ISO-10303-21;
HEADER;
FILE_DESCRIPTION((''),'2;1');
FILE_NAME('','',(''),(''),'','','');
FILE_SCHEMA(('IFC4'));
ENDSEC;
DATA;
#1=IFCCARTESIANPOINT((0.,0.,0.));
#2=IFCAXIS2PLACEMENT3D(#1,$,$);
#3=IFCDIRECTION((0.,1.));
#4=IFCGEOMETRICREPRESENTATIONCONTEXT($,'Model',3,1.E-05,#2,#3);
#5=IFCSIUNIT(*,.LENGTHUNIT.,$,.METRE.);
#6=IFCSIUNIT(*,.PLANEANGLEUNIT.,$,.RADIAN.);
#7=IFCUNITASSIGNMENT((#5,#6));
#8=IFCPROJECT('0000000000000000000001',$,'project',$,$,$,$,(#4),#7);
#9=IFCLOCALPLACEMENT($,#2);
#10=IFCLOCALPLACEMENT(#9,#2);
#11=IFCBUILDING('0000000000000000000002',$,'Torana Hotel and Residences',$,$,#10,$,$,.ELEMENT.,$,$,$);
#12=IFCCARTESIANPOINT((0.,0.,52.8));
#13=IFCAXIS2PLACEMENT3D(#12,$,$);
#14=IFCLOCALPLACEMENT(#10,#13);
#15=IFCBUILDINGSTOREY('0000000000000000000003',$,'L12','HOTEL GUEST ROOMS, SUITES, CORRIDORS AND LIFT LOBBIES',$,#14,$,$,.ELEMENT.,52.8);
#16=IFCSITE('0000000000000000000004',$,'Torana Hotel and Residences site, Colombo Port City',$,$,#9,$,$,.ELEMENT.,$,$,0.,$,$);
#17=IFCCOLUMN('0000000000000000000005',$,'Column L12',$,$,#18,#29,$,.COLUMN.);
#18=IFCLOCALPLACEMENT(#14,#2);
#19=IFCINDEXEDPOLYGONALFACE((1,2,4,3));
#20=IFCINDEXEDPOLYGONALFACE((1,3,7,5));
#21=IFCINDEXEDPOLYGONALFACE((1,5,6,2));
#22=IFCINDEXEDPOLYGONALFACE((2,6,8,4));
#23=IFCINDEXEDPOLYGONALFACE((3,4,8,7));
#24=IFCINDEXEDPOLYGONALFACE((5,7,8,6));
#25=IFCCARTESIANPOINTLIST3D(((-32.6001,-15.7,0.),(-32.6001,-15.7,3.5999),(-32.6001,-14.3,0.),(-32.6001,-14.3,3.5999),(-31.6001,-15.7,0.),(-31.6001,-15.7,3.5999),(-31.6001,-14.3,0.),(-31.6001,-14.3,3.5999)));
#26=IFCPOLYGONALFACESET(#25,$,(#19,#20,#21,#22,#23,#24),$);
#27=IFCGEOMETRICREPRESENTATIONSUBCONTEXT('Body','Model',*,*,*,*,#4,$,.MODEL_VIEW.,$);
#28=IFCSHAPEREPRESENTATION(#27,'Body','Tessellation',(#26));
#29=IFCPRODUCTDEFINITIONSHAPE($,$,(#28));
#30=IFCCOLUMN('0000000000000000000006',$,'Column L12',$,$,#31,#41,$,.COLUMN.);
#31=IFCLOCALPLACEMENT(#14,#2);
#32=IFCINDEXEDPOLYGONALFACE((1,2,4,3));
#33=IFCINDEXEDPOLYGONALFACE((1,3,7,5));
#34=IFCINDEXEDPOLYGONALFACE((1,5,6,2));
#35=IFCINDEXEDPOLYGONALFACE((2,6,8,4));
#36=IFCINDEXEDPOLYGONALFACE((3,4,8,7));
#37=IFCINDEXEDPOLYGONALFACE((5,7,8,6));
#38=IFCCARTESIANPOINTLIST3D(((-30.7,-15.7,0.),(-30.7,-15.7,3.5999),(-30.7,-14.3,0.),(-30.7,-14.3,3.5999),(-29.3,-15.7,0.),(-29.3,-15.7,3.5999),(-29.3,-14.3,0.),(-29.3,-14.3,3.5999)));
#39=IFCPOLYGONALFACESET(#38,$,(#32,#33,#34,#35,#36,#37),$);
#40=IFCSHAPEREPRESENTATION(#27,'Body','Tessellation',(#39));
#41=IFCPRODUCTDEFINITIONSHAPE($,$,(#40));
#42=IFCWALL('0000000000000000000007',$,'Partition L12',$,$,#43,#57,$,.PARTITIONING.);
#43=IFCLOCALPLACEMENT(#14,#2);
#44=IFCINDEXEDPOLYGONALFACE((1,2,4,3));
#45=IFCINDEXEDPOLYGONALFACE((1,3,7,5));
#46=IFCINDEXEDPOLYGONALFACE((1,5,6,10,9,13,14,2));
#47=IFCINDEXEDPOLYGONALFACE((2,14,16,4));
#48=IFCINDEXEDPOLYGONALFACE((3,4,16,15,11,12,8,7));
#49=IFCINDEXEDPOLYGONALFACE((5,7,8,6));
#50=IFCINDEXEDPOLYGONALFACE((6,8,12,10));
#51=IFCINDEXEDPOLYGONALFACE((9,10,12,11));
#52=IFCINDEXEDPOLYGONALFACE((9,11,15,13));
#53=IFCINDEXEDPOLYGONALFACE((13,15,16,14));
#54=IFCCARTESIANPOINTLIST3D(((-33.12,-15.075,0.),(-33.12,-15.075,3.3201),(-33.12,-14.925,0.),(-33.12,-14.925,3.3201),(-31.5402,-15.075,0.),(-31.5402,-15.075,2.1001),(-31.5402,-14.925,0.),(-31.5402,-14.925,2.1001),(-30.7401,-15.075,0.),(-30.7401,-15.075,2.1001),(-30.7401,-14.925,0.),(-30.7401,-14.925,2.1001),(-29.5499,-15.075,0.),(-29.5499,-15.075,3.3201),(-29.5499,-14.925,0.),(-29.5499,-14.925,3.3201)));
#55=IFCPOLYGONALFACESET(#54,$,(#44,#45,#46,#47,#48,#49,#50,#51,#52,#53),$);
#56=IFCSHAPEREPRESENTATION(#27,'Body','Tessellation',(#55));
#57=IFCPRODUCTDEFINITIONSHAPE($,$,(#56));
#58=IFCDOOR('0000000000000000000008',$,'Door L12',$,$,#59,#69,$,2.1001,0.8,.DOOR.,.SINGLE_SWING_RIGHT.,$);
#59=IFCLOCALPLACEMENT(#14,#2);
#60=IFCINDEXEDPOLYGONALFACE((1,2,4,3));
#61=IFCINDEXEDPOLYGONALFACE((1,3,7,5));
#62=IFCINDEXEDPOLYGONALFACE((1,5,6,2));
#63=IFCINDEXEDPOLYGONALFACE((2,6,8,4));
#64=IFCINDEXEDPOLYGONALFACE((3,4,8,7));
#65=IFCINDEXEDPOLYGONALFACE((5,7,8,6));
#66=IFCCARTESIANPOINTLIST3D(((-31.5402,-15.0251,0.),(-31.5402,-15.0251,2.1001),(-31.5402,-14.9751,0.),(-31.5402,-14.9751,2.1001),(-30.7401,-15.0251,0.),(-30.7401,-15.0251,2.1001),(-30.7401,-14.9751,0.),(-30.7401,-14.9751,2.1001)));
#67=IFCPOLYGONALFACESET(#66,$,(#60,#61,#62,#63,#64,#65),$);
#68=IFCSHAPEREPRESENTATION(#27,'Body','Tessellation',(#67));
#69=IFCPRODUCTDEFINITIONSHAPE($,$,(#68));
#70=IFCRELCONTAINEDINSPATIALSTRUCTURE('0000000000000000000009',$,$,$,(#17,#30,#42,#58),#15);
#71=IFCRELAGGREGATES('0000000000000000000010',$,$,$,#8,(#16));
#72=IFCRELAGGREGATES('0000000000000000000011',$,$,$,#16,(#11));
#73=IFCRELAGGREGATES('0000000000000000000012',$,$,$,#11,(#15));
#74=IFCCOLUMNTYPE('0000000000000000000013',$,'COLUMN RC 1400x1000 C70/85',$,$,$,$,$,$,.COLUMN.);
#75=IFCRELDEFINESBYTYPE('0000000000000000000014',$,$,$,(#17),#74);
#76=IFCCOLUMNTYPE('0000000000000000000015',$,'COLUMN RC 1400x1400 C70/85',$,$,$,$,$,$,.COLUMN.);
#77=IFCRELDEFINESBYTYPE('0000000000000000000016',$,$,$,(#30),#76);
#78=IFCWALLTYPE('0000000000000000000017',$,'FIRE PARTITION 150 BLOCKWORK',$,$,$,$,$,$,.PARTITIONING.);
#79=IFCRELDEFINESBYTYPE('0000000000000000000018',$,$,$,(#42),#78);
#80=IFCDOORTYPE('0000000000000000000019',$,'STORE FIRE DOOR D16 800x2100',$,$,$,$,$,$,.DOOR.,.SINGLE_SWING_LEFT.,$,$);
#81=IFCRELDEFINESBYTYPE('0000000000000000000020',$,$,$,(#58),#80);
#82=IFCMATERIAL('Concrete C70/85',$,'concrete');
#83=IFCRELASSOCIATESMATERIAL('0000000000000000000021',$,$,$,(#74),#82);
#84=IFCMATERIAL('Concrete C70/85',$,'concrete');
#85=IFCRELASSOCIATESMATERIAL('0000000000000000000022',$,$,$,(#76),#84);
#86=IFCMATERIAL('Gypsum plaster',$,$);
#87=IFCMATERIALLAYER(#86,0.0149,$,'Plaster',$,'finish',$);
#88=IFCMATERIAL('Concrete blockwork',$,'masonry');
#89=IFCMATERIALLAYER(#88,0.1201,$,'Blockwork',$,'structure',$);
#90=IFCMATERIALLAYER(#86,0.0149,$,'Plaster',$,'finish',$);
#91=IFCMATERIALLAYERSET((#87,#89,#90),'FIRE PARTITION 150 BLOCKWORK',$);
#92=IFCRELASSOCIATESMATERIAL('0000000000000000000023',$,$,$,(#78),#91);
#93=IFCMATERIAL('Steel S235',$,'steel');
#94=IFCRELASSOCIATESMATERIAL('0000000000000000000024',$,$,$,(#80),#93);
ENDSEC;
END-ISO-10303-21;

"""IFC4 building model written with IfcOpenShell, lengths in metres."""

from ifc_helpers import new_model, si_unit, direction, frame, frame_2d, origin, origin_2d, place, context, subcontext, project, spatial, rectangle, extrude, material, layer, layer_set, material_profile, profile_set, type_object, element, fill, save


model = new_model("IFC4")

# Units and contexts
model_context = context("Model", 3, precision=1e-05, world=origin(), true_north=direction((0.0, 1.0)))
body_context = subcontext(model_context, "Body", "Model", "MODEL_VIEW")
ifc_project = project(units=[si_unit("LENGTHUNIT", "METRE"), si_unit("PLANEANGLEUNIT", "RADIAN")], contexts=[model_context])

# Site, building, storey
site_placement = place(None, origin())
site = spatial("IfcSite", under=ifc_project, at=site_placement, Name="Torana Hotel and Residences site, Colombo Port City", CompositionType="ELEMENT", RefElevation=0.0)
building_placement = place(site_placement, origin())
building = spatial("IfcBuilding", under=site, at=building_placement, Name="Torana Hotel and Residences", CompositionType="ELEMENT")
storey_placement = place(building_placement, frame((0.0, 0.0, 52.8)))
storey = spatial("IfcBuildingStorey", under=building, at=storey_placement, Name="L12", Description="HOTEL GUEST ROOMS, SUITES, CORRIDORS AND LIFT LOBBIES", CompositionType="ELEMENT", Elevation=52.8)

# Columns
ifc_material_1 = material(Name="Concrete C70/85", Category="concrete")
ifc_material_profile_1 = material_profile(ifc_material_1, rectangle(XDim=1.3999, YDim=1.0, at=origin_2d()), Name="RC 1400x1000")
ifc_profile_set_1 = profile_set([ifc_material_profile_1], Name="Concrete C70/85")
column_type_1 = type_object("IfcColumnType", Name="COLUMN RC 1400x1000 C70/85", PredefinedType="COLUMN", material=ifc_profile_set_1)
column_1_placement = place(storey_placement, frame((-32.1001, -15.0, 0.0), z_axis=(0.0, 0.0, 1.0), x_axis=(0.0, 1.0, 0.0)))
element("IfcColumn", 1, at=column_1_placement, inside=storey, type_object=column_type_1, Name="Column L12", PredefinedType="COLUMN", context=body_context, shape_type="SweptSolid", body=[
    extrude(rectangle(XDim=1.3999, YDim=1.0, at=origin_2d()), origin(), (0.0, 0.0, 1.0), 3.5999),
])
ifc_material_2 = material(Name="Concrete C70/85", Category="concrete")
ifc_material_profile_2 = material_profile(ifc_material_2, rectangle(XDim=1.3999, YDim=1.3999, at=origin_2d()), Name="RC 1400x1400")
ifc_profile_set_2 = profile_set([ifc_material_profile_2], Name="Concrete C70/85")
column_type_2 = type_object("IfcColumnType", Name="COLUMN RC 1400x1400 C70/85", PredefinedType="COLUMN", material=ifc_profile_set_2)
column_2_placement = place(storey_placement, frame((-30.0, -15.0, 0.0), z_axis=(0.0, 0.0, 1.0), x_axis=(1.0, 0.0, 0.0)))
element("IfcColumn", 2, at=column_2_placement, inside=storey, type_object=column_type_2, Name="Column L12", PredefinedType="COLUMN", context=body_context, shape_type="SweptSolid", body=[
    extrude(rectangle(XDim=1.3999, YDim=1.3999, at=origin_2d()), origin(), (0.0, 0.0, 1.0), 3.5999),
])

# Shared definitions
ifc_material_3 = material(Name="Gypsum plaster")
ifc_layer_1 = layer(ifc_material_3, 0.0149, Name="Plaster", Category="finish")
ifc_material_4 = material(Name="Concrete blockwork", Category="masonry")
ifc_layer_2 = layer(ifc_material_4, 0.1201, Name="Blockwork", Category="structure")
ifc_layer_3 = layer(ifc_material_3, 0.0149, Name="Plaster", Category="finish")
ifc_layer_set = layer_set([ifc_layer_1, ifc_layer_2, ifc_layer_3], Name="FIRE PARTITION 150 BLOCKWORK")
wall_type = type_object("IfcWallType", Name="FIRE PARTITION 150 BLOCKWORK", PredefinedType="PARTITIONING", material=ifc_layer_set)

# Wall, opening, door
wall_1_placement = place(storey_placement, frame((-33.1201, -15.0, 0.0), z_axis=(0.0, 0.0, 1.0), x_axis=(1.0, 0.0, 0.0)))
wall_1 = element("IfcWall", 3, at=wall_1_placement, inside=storey, type_object=wall_type, Name="Partition L12", PredefinedType="PARTITIONING", context=body_context, shape_type="SweptSolid", body=[
    extrude(rectangle(XDim=3.5701, YDim=0.1499, at=frame_2d((1.7852, 0.0))), origin(), (0.0, 0.0, 1.0), 3.3201),
])
opening_1_placement = place(wall_1_placement, frame((1.5801, 0.0, 0.0)))
opening_1 = element("IfcOpeningElement", 4, at=opening_1_placement, cuts=wall_1, PredefinedType="OPENING", context=body_context, shape_type="SweptSolid", body=[
    extrude(rectangle(XDim=0.8, YDim=2.1001, at=frame_2d((0.3999, 1.05))), frame((0.0, 0.085, 0.0), z_axis=(0.0, -1.0, 0.0), x_axis=(1.0, 0.0, 0.0)), (0.0, 0.0, 1.0), 0.1699),
])
ifc_material_5 = material(Name="Steel S235", Category="steel")
door_type_1 = type_object("IfcDoorType", Name="STORE FIRE DOOR D16 800x2100", OperationType="SINGLE_SWING_LEFT", PredefinedType="DOOR", material=ifc_material_5)
door_1_placement = place(opening_1_placement, origin())
door_1 = element("IfcDoor", 5, at=door_1_placement, inside=storey, type_object=door_type_1, Name="Door L12", OperationType="SINGLE_SWING_RIGHT", OverallHeight=2.1001, OverallWidth=0.8, PredefinedType="DOOR", context=body_context, shape_type="SweptSolid", body=[
    extrude(rectangle(XDim=0.8, YDim=2.1001, at=frame_2d((0.3999, 1.05))), frame((0.0, 0.0249, 0.0), z_axis=(0.0, -1.0, 0.0), x_axis=(1.0, 0.0, 0.0)), (0.0, 0.0, 1.0), 0.05),
])
fill(opening_1, door_1)

save(model, "model.ifc")
